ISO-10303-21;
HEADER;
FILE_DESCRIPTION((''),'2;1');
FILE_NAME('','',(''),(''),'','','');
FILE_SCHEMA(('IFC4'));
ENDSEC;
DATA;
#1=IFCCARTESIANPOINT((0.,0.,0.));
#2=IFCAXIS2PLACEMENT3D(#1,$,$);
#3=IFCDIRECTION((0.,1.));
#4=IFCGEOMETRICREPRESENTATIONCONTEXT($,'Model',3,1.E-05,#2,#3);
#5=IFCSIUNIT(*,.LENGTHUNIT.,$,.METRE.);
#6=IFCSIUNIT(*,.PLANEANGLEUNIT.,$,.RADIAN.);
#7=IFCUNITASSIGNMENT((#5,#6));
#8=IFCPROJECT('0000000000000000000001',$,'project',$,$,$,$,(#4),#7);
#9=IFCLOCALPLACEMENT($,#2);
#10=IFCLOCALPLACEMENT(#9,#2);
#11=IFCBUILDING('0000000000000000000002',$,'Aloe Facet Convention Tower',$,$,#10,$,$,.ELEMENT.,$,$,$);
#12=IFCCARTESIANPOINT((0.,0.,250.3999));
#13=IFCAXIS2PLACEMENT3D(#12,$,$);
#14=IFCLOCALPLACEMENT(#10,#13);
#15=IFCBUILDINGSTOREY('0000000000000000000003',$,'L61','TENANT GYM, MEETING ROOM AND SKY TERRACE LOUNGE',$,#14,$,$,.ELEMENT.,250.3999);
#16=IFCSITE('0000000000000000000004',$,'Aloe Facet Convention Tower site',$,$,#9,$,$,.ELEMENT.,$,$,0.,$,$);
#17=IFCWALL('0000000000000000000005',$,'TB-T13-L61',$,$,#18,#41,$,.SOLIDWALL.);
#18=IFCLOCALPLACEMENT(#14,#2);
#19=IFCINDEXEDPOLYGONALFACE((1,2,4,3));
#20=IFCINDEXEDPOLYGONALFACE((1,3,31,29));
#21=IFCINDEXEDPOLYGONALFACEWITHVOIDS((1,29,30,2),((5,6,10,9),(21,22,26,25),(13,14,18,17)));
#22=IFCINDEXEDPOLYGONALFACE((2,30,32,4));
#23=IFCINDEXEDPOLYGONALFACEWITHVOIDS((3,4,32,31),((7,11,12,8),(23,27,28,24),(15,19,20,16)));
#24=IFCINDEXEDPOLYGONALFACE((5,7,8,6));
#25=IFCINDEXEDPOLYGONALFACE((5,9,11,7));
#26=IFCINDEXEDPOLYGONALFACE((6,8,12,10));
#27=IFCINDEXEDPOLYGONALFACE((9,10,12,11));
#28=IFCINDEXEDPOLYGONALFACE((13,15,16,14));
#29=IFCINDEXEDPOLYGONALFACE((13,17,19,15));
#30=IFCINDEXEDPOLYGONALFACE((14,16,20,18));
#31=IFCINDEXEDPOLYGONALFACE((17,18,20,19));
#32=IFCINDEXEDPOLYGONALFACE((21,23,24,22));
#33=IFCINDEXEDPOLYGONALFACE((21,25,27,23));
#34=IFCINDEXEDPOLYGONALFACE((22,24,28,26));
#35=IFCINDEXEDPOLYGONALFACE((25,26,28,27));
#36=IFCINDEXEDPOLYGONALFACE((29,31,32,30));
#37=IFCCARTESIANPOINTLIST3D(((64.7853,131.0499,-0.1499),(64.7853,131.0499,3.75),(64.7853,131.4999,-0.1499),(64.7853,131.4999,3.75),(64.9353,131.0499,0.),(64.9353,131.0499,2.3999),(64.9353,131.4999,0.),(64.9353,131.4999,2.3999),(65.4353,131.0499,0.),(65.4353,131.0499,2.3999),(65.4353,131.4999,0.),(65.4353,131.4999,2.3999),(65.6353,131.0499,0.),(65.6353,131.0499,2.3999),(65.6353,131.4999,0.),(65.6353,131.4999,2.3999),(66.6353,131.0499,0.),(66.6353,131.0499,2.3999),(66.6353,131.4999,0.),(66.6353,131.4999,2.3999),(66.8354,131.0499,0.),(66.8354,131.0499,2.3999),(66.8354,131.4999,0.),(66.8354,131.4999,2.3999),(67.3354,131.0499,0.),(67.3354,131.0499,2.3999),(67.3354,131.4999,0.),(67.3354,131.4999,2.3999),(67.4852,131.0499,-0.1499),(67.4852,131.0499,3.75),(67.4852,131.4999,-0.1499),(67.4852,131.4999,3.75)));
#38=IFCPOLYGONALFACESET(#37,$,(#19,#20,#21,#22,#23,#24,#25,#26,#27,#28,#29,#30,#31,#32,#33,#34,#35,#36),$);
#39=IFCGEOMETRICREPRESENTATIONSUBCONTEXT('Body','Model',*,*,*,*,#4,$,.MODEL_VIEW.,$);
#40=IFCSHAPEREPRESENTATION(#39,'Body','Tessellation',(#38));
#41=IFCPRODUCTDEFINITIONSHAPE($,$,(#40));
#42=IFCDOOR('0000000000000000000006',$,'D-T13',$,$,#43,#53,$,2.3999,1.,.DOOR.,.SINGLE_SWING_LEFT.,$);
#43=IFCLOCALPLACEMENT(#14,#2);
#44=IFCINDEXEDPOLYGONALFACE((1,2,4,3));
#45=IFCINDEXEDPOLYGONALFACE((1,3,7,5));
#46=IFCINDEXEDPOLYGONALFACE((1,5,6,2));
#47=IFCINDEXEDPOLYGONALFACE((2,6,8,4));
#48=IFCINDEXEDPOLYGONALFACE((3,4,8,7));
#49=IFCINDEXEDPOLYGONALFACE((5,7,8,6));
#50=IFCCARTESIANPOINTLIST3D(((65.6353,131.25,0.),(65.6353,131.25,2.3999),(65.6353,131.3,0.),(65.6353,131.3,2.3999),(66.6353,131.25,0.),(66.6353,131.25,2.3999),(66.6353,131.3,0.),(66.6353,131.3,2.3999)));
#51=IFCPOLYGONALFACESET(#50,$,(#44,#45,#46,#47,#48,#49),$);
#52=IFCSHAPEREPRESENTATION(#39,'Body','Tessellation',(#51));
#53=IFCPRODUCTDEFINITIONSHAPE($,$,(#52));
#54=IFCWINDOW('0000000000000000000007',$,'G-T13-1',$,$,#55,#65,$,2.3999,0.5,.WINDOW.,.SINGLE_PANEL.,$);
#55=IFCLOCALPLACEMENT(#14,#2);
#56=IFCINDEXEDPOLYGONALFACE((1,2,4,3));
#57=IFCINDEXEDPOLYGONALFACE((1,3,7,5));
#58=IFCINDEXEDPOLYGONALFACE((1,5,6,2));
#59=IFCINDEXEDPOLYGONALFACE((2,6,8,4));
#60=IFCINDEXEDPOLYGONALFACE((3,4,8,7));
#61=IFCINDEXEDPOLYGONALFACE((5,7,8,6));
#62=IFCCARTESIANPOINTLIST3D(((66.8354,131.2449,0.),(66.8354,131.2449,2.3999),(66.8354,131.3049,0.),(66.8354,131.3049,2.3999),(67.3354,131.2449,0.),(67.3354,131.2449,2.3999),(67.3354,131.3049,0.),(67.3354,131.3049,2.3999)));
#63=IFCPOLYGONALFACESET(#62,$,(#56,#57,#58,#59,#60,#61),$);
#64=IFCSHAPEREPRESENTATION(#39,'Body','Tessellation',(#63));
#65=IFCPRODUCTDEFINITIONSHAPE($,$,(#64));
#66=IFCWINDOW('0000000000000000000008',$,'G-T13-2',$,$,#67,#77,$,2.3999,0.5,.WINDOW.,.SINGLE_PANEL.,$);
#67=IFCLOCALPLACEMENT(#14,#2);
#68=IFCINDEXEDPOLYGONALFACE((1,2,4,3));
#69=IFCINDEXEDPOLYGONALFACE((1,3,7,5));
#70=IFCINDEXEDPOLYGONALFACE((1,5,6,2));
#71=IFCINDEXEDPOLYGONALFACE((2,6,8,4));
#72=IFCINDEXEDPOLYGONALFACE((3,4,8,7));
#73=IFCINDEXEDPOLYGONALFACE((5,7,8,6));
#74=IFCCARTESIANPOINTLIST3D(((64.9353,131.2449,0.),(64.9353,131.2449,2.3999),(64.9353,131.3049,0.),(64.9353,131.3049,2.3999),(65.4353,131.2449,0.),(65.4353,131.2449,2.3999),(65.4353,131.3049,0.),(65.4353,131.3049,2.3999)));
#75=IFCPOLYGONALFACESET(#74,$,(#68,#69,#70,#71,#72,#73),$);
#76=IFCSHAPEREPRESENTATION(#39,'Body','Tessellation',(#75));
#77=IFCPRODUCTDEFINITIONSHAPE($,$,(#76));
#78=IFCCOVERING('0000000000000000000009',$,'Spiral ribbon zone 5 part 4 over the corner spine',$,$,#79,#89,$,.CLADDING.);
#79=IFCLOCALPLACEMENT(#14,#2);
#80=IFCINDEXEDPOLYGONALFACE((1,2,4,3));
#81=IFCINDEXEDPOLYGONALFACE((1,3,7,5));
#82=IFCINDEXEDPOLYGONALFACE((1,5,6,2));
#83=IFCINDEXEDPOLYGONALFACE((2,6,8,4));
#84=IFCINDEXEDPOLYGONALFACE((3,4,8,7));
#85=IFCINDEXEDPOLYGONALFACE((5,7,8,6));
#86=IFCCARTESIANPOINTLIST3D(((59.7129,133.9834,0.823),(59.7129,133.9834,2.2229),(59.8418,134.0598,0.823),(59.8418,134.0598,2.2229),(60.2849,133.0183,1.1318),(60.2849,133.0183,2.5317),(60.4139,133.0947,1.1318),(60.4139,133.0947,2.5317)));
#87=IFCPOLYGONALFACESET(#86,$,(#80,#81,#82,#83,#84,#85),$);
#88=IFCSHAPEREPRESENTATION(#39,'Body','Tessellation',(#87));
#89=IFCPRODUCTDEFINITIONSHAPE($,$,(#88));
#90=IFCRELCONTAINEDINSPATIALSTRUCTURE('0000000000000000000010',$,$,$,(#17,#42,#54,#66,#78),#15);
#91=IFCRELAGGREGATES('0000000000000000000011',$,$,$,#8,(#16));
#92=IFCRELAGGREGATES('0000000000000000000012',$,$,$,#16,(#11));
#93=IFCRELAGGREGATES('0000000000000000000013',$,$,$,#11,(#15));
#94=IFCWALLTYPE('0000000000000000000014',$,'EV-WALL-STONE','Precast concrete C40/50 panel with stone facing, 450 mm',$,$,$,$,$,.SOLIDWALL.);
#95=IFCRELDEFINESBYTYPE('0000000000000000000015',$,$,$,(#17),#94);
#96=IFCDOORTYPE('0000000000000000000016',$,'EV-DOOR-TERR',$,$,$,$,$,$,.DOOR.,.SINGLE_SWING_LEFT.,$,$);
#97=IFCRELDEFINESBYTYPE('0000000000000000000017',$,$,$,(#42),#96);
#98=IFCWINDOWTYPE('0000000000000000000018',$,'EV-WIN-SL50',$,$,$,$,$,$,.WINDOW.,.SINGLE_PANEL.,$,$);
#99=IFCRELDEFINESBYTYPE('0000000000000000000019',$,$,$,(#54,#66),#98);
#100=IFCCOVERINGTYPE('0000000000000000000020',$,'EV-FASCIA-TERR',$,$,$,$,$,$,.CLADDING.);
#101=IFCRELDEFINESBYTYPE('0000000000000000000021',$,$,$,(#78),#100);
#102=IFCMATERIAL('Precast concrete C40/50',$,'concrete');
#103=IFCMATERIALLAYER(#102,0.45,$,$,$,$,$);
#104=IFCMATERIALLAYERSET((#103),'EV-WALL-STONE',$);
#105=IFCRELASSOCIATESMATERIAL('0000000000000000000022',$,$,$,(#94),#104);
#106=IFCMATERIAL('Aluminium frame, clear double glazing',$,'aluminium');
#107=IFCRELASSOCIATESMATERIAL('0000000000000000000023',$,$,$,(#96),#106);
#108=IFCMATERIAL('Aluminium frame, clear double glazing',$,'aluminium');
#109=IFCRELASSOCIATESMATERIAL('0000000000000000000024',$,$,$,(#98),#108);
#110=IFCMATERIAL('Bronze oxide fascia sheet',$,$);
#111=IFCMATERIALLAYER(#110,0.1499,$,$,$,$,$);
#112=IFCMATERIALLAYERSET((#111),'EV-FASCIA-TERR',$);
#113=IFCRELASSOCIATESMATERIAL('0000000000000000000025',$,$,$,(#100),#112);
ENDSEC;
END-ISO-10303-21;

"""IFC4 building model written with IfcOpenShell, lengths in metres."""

from ifc_helpers import new_model, si_unit, direction, frame, frame_2d, origin, place, context, subcontext, project, spatial, polyline, rectangle, outline, extrude, material, layer, layer_set, type_object, element, fill, save


model = new_model("IFC4")

# Units and contexts
model_context = context("Model", 3, precision=1e-05, world=origin(), true_north=direction((0.0, 1.0)))
body_context = subcontext(model_context, "Body", "Model", "MODEL_VIEW")
ifc_project = project(units=[si_unit("LENGTHUNIT", "METRE"), si_unit("PLANEANGLEUNIT", "RADIAN")], contexts=[model_context])

# Site, building, storey
site_placement = place(None, origin())
site = spatial("IfcSite", under=ifc_project, at=site_placement, Name="Aloe Facet Convention Tower site", CompositionType="ELEMENT", RefElevation=0.0)
building_placement = place(site_placement, origin())
building = spatial("IfcBuilding", under=site, at=building_placement, Name="Aloe Facet Convention Tower", CompositionType="ELEMENT")
storey_placement = place(building_placement, frame((0.0, 0.0, 250.3999)))
storey = spatial("IfcBuildingStorey", under=building, at=storey_placement, Name="L61", Description="TENANT GYM, MEETING ROOM AND SKY TERRACE LOUNGE", CompositionType="ELEMENT", Elevation=250.3999)

# Shared definitions
ifc_material_1 = material(Name="Precast concrete C40/50", Category="concrete")
ifc_layer_1 = layer(ifc_material_1, 0.45)
ifc_layer_set_1 = layer_set([ifc_layer_1], Name="EV-WALL-STONE")
wall_type = type_object("IfcWallType", Name="EV-WALL-STONE", Description="Precast concrete C40/50 panel with stone facing, 450 mm", PredefinedType="SOLIDWALL", material=ifc_layer_set_1)

# Wall, openings, door, windows
wall_1_placement = place(storey_placement, frame((67.4854, 131.2749, -0.1499), z_axis=(0.0, 0.0, 1.0), x_axis=(-1.0, 0.0, 0.0)))
wall_1 = element("IfcWall", 1, at=wall_1_placement, inside=storey, type_object=wall_type, Name="TB-T13-L61", PredefinedType="SOLIDWALL", context=body_context, shape_type="SweptSolid", body=[
    extrude(rectangle(XDim=2.7, YDim=0.45, at=frame_2d((1.3501, 0.0))), origin(), (0.0, 0.0, 1.0), 3.8999),
])
opening_1_placement = place(wall_1_placement, frame((0.8501, 0.0, 0.1499)))
opening_1 = element("IfcOpeningElement", 2, at=opening_1_placement, cuts=wall_1, PredefinedType="OPENING", context=body_context, shape_type="SweptSolid", body=[
    extrude(rectangle(XDim=1.0, YDim=2.3999, at=frame_2d((0.5, 1.2))), frame((0.0, 0.2349, 0.0), z_axis=(0.0, -1.0, 0.0), x_axis=(1.0, 0.0, 0.0)), (0.0, 0.0, 1.0), 0.47),
])
opening_2_placement = place(wall_1_placement, frame((0.1499, 0.0, 0.1499)))
opening_2 = element("IfcOpeningElement", 3, at=opening_2_placement, cuts=wall_1, PredefinedType="OPENING", context=body_context, shape_type="SweptSolid", body=[
    extrude(rectangle(XDim=0.5, YDim=2.3999, at=frame_2d((0.25, 1.2))), frame((0.0, 0.2349, 0.0), z_axis=(0.0, -1.0, 0.0), x_axis=(1.0, 0.0, 0.0)), (0.0, 0.0, 1.0), 0.47),
])
opening_3_placement = place(wall_1_placement, frame((2.05, 0.0, 0.1499)))
opening_3 = element("IfcOpeningElement", 4, at=opening_3_placement, cuts=wall_1, PredefinedType="OPENING", context=body_context, shape_type="SweptSolid", body=[
    extrude(rectangle(XDim=0.5, YDim=2.3999, at=frame_2d((0.25, 1.2))), frame((0.0, 0.2349, 0.0), z_axis=(0.0, -1.0, 0.0), x_axis=(1.0, 0.0, 0.0)), (0.0, 0.0, 1.0), 0.47),
])
ifc_material_2 = material(Name="Aluminium frame, clear double glazing", Category="aluminium")
door_type = type_object("IfcDoorType", Name="EV-DOOR-TERR", OperationType="SINGLE_SWING_LEFT", PredefinedType="DOOR", material=ifc_material_2)
door_placement = place(opening_1_placement, origin())
door = element("IfcDoor", 5, at=door_placement, inside=storey, type_object=door_type, Name="D-T13", OperationType="SINGLE_SWING_LEFT", OverallHeight=2.3999, OverallWidth=1.0, PredefinedType="DOOR", context=body_context, shape_type="SweptSolid", body=[
    extrude(rectangle(XDim=1.0, YDim=2.3999, at=frame_2d((0.5, 1.2))), frame((0.0, 0.0249, 0.0), z_axis=(0.0, -1.0, 0.0), x_axis=(1.0, 0.0, 0.0)), (0.0, 0.0, 1.0), 0.05),
])
fill(opening_1, door)
ifc_material_3 = material(Name="Aluminium frame, clear double glazing", Category="aluminium")
window_type_1 = type_object("IfcWindowType", Name="EV-WIN-SL50", PartitioningType="SINGLE_PANEL", PredefinedType="WINDOW", material=ifc_material_3)
window_1_placement = place(opening_2_placement, origin())
window_1 = element("IfcWindow", 6, at=window_1_placement, inside=storey, type_object=window_type_1, Name="G-T13-1", OverallHeight=2.3999, OverallWidth=0.5, PartitioningType="SINGLE_PANEL", PredefinedType="WINDOW", context=body_context, shape_type="SweptSolid", body=[
    extrude(rectangle(XDim=0.5, YDim=2.3999, at=frame_2d((0.25, 1.2))), frame((0.0, 0.03, 0.0), z_axis=(0.0, -1.0, 0.0), x_axis=(1.0, 0.0, 0.0)), (0.0, 0.0, 1.0), 0.0601),
])
fill(opening_2, window_1)
window_2_placement = place(opening_3_placement, origin())
window_2 = element("IfcWindow", 7, at=window_2_placement, inside=storey, type_object=window_type_1, Name="G-T13-2", OverallHeight=2.3999, OverallWidth=0.5, PartitioningType="SINGLE_PANEL", PredefinedType="WINDOW", context=body_context, shape_type="SweptSolid", body=[
    extrude(rectangle(XDim=0.5, YDim=2.3999, at=frame_2d((0.25, 1.2))), frame((0.0, 0.03, 0.0), z_axis=(0.0, -1.0, 0.0), x_axis=(1.0, 0.0, 0.0)), (0.0, 0.0, 1.0), 0.0601),
])
fill(opening_3, window_2)

# Covering
ifc_material_4 = material(Name="Bronze oxide fascia sheet")
ifc_layer_2 = layer(ifc_material_4, 0.1499)
ifc_layer_set_2 = layer_set([ifc_layer_2], Name="EV-FASCIA-TERR")
covering_type = type_object("IfcCoveringType", Name="EV-FASCIA-TERR", PredefinedType="CLADDING", material=ifc_layer_set_2)
covering_placement = place(storey_placement, frame((59.7129, 133.9834, 0.823), z_axis=(-0.860246, -0.50988, 0.0), x_axis=(0.491593, -0.829392, 0.265414)))
element("IfcCovering", 8, at=covering_placement, inside=storey, type_object=covering_type, Name="Spiral ribbon zone 5 part 4 over the corner spine", PredefinedType="CLADDING", context=body_context, shape_type="SweptSolid", body=[
    extrude(outline(polyline([(0.0, 0.0), (1.1636, 0.0), (1.5352, 1.3497), (0.3716, 1.3497), (0.0, 0.0)])), origin(), (0.0, 0.0, -1.0), 0.1499),
])

save(model, "model.ifc")
